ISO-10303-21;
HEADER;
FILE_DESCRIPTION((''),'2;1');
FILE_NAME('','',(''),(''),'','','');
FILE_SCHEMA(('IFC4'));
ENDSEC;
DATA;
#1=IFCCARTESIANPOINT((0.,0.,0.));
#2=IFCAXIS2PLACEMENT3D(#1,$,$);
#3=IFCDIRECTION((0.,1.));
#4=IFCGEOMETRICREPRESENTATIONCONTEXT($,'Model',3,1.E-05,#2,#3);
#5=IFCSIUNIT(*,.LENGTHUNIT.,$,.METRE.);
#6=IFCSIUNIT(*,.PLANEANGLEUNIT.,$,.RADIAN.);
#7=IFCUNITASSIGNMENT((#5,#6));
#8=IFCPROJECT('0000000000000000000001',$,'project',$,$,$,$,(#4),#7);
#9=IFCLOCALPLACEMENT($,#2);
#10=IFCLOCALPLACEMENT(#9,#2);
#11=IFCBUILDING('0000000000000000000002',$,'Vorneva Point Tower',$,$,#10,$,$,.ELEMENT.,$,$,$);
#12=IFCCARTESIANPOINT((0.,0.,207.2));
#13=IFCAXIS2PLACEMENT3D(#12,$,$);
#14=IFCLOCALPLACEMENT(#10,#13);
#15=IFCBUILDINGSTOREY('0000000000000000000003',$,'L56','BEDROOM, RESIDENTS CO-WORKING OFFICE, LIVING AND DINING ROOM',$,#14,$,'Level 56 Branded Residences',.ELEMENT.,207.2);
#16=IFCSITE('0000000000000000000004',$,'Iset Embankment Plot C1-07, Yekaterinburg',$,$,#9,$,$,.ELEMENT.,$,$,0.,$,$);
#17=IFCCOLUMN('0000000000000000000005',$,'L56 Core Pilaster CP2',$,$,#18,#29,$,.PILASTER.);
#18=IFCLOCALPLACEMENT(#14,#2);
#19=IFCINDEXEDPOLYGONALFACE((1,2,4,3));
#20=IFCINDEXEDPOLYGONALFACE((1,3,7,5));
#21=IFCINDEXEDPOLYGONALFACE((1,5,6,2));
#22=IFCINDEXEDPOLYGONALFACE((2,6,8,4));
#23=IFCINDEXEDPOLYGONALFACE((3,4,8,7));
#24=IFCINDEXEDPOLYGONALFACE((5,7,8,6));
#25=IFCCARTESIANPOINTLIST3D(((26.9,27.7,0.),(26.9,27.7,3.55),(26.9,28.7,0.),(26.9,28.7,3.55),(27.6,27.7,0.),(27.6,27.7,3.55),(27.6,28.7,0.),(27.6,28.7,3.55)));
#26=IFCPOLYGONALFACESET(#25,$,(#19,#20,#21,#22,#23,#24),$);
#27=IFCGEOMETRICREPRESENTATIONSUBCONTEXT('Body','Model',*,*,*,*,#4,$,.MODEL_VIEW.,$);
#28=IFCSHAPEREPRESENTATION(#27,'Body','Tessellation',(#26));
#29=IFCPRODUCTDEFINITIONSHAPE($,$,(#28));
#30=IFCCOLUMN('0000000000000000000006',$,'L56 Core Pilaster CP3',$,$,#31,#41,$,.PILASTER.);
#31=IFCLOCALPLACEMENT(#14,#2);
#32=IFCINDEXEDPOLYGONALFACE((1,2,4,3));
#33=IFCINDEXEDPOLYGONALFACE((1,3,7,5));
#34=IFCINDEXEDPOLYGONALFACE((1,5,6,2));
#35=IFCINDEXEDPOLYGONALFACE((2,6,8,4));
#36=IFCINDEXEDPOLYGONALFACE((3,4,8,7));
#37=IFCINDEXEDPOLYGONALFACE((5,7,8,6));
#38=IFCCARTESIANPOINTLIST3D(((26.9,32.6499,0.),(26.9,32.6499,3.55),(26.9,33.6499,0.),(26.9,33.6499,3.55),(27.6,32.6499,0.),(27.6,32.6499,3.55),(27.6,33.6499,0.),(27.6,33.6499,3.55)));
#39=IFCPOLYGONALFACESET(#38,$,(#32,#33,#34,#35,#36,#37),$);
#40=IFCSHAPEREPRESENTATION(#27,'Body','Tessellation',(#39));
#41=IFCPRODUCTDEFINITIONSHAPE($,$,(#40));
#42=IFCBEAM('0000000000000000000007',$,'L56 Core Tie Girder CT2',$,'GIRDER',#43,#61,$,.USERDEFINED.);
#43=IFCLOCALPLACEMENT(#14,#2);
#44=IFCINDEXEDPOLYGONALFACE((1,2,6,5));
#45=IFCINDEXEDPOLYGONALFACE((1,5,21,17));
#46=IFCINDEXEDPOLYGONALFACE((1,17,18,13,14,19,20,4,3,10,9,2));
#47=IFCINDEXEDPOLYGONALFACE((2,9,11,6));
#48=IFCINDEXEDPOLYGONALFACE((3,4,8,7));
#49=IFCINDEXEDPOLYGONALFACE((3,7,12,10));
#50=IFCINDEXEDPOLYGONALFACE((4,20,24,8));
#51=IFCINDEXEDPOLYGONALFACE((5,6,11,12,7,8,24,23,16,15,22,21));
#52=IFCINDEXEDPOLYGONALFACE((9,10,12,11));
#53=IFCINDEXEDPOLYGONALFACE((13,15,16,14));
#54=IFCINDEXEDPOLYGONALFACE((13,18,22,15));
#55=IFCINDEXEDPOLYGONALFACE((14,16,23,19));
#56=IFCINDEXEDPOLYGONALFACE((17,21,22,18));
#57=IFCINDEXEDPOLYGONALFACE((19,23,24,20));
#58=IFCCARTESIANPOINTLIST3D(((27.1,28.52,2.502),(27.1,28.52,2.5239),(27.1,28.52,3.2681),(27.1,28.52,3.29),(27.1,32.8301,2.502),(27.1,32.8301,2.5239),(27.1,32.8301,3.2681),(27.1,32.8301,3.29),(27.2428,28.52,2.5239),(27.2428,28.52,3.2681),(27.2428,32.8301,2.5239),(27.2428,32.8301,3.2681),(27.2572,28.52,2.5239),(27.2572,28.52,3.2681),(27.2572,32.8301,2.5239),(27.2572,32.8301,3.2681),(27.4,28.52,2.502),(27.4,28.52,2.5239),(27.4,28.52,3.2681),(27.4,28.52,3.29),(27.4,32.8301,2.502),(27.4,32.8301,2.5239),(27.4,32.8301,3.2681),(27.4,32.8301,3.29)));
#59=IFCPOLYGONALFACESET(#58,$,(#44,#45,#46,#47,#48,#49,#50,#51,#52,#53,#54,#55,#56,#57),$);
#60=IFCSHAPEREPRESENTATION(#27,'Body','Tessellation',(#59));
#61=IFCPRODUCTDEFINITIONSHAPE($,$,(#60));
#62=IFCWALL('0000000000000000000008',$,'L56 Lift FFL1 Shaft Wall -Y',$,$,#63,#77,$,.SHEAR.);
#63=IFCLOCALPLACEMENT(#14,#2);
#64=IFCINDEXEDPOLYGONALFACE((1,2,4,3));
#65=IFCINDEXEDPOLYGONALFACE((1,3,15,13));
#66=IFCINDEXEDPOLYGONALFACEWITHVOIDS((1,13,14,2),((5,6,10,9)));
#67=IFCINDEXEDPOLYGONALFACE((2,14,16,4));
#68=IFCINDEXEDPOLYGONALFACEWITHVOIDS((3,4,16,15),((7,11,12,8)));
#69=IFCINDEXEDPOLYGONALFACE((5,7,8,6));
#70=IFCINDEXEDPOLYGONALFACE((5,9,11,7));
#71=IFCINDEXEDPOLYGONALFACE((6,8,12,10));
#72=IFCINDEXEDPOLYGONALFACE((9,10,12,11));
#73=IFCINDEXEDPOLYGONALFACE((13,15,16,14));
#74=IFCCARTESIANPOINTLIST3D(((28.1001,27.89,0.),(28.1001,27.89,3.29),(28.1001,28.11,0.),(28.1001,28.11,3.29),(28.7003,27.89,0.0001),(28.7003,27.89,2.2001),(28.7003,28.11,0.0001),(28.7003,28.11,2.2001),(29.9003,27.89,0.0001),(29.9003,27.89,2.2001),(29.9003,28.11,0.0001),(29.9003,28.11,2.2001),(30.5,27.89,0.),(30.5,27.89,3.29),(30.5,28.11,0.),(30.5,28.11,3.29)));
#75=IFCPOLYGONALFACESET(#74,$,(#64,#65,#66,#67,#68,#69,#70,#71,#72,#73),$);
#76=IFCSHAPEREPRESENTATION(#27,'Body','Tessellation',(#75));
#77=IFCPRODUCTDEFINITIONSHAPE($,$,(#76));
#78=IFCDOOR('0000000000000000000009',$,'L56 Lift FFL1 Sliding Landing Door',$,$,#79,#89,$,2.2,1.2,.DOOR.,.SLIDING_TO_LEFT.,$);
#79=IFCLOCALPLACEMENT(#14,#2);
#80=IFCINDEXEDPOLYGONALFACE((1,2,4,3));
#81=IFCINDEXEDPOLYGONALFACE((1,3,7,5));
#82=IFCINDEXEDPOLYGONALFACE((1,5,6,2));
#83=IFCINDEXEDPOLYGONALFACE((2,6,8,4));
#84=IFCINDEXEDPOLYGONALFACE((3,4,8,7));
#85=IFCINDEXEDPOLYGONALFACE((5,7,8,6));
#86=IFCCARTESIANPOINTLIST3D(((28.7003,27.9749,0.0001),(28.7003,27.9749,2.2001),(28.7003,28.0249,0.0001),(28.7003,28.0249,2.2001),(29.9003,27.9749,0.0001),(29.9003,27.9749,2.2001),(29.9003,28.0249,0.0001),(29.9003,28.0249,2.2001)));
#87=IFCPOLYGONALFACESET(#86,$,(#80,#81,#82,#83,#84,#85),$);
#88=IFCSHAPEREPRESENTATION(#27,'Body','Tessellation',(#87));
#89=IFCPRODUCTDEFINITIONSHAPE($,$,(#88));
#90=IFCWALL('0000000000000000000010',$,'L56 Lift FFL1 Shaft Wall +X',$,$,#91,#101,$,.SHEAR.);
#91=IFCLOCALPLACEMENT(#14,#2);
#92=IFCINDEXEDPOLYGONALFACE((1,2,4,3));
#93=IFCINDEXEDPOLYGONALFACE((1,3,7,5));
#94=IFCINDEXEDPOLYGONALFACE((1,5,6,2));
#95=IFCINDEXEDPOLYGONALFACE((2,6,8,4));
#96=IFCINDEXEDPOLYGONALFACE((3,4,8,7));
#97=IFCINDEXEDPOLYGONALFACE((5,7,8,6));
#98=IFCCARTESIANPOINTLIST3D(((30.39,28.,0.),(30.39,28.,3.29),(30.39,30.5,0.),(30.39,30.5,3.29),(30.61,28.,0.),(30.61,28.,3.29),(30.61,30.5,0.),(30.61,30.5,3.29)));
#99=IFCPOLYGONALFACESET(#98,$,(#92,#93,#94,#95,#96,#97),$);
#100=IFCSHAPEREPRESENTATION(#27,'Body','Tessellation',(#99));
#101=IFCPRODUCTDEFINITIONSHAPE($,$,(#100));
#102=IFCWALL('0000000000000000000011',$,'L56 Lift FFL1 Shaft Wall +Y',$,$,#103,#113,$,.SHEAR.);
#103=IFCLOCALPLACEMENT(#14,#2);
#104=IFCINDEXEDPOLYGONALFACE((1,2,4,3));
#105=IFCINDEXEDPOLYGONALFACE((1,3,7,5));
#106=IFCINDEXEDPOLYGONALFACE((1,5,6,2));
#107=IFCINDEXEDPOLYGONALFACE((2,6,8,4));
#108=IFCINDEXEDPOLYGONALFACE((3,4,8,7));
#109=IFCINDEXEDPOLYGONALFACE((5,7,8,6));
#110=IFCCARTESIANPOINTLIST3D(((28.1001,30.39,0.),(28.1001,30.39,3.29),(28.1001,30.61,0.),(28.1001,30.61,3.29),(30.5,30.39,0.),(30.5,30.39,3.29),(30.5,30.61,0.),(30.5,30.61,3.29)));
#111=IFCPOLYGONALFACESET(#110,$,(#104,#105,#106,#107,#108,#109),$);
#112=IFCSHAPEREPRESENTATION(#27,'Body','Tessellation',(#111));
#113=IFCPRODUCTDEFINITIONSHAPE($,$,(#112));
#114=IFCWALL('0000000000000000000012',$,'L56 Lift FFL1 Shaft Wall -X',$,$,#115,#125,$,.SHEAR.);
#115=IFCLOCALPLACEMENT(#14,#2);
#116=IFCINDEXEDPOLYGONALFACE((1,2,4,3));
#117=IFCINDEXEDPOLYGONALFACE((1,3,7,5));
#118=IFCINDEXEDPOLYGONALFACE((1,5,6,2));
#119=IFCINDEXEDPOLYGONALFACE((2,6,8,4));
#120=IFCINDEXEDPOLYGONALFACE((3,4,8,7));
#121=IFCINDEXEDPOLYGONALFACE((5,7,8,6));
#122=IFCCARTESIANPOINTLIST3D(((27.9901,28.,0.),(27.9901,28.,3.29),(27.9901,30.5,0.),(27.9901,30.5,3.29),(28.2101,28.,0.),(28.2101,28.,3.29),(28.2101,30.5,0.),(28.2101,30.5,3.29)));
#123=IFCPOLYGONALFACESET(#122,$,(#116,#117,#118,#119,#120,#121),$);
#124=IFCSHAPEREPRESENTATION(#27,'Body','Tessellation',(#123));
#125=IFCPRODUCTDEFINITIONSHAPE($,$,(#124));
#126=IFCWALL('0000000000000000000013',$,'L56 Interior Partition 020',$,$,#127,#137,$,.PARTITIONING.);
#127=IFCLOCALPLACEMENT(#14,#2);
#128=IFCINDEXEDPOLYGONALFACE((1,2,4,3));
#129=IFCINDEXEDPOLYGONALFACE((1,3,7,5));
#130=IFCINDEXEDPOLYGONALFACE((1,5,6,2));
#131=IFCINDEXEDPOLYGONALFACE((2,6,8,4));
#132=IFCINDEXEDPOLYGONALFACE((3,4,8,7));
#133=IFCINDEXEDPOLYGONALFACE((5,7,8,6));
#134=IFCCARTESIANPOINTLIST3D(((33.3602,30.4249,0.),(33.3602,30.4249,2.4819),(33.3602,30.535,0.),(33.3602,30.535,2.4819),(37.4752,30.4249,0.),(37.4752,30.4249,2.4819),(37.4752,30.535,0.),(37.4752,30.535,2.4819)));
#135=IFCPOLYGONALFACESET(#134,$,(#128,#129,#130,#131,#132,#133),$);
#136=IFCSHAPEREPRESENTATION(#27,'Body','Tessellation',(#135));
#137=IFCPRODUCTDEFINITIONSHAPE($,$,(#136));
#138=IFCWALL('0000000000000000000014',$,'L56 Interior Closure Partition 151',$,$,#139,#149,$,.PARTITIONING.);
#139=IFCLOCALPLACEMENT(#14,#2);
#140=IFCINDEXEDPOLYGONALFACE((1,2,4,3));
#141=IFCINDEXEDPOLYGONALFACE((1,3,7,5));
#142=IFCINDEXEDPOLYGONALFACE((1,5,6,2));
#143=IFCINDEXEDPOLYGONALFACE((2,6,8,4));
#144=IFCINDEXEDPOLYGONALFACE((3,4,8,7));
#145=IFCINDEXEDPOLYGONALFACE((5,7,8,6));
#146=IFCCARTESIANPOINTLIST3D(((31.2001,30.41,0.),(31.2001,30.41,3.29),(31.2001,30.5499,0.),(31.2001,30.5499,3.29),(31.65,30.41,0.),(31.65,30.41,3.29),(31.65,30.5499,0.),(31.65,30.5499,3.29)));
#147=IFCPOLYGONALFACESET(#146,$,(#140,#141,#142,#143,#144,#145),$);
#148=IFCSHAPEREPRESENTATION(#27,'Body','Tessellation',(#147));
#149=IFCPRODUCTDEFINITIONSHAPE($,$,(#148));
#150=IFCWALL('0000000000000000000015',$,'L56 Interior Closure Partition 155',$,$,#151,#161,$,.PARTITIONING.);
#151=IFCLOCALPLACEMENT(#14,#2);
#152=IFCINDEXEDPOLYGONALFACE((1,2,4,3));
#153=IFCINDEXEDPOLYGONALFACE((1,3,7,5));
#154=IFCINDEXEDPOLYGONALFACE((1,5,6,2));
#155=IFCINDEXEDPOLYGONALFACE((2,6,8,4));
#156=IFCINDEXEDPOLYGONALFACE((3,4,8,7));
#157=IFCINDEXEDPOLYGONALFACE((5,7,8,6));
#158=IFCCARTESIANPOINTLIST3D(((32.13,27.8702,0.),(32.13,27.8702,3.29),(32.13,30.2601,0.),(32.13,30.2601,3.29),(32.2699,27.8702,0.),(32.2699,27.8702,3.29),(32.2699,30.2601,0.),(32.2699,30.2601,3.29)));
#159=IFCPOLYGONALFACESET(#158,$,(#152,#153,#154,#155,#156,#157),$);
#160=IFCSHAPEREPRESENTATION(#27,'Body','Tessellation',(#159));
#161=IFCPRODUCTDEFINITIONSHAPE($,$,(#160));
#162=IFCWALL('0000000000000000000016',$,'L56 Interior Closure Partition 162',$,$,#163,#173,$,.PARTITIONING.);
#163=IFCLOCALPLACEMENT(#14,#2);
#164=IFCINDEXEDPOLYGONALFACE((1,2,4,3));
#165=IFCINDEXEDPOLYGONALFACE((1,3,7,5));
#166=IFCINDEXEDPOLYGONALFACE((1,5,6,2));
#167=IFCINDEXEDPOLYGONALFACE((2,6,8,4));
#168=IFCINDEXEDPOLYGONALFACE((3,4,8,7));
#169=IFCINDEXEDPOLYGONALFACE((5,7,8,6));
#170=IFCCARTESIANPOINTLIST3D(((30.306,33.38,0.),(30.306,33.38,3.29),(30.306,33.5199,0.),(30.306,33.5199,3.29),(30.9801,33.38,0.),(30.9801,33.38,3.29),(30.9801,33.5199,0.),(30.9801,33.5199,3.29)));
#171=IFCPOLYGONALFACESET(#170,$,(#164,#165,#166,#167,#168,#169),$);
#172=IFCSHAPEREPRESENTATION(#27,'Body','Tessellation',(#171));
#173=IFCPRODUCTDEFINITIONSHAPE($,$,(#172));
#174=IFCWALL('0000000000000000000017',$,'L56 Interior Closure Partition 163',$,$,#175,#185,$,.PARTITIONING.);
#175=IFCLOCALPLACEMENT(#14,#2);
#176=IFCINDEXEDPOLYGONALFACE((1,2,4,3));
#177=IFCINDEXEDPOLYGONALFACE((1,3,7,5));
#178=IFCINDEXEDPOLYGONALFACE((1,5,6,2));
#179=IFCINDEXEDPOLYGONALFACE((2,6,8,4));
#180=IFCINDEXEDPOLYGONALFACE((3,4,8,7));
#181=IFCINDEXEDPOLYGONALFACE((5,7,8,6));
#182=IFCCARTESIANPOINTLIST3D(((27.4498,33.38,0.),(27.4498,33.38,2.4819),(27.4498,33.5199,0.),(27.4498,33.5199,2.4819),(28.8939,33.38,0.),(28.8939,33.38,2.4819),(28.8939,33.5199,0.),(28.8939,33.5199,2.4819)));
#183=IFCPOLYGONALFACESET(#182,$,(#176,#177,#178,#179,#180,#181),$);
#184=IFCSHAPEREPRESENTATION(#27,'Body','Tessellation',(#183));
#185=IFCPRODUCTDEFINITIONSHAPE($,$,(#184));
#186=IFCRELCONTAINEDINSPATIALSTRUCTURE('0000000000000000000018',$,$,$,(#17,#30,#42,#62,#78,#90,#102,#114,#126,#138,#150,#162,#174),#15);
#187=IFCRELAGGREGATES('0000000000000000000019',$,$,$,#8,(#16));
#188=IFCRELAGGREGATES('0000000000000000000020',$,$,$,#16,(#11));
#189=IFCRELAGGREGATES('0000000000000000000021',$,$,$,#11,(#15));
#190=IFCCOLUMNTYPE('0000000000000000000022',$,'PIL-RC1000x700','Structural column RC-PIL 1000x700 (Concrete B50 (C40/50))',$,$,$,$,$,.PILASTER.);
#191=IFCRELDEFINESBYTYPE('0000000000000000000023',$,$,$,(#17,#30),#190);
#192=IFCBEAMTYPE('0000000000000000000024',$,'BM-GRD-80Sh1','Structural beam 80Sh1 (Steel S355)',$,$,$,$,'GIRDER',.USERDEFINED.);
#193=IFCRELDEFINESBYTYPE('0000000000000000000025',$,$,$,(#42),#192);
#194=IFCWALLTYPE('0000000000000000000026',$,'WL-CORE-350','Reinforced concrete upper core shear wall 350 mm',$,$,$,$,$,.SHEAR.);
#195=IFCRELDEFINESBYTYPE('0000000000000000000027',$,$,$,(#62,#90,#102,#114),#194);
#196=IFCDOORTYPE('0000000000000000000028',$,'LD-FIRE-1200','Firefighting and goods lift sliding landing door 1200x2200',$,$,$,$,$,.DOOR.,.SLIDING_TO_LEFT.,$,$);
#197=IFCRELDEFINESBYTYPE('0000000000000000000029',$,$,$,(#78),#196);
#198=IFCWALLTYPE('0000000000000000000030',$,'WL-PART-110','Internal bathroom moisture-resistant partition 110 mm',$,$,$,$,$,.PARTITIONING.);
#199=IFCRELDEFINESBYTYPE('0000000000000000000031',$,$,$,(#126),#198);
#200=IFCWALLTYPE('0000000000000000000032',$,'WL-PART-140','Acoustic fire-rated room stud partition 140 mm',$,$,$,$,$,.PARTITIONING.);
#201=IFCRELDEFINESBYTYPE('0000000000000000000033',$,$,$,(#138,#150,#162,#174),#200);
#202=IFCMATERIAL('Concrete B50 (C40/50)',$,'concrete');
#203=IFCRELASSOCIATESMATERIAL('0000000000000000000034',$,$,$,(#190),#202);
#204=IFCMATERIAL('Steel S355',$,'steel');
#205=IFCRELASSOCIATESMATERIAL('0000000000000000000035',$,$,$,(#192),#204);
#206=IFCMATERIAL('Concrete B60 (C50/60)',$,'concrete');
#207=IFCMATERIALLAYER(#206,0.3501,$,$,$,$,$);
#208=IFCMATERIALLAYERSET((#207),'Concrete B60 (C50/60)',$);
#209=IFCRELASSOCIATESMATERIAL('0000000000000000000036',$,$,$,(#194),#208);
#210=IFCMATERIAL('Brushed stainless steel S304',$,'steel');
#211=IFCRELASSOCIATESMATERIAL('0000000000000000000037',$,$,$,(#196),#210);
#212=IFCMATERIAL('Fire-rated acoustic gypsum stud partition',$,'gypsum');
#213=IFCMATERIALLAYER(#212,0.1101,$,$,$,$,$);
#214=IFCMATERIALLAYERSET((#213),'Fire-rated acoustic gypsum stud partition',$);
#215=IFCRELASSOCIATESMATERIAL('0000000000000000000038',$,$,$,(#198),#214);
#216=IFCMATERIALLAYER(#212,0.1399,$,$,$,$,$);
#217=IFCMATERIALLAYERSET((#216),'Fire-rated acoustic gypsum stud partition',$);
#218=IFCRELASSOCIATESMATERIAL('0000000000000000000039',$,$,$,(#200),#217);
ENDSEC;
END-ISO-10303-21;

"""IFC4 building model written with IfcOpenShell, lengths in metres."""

from ifc_helpers import new_model, si_unit, direction, frame, frame_2d, origin, origin_2d, place, context, subcontext, project, spatial, rectangle, i_section, extrude, material, layer, layer_set, material_profile, profile_set, type_object, element, fill, save


model = new_model("IFC4")

# Units and contexts
model_context = context("Model", 3, precision=1e-05, world=origin(), true_north=direction((0.0, 1.0)))
body_context = subcontext(model_context, "Body", "Model", "MODEL_VIEW")
ifc_project = project(units=[si_unit("LENGTHUNIT", "METRE"), si_unit("PLANEANGLEUNIT", "RADIAN")], contexts=[model_context])

# Site, building, storey
site_placement = place(None, origin())
site = spatial("IfcSite", under=ifc_project, at=site_placement, Name="Iset Embankment Plot C1-07, Yekaterinburg", CompositionType="ELEMENT", RefElevation=0.0)
building_placement = place(site_placement, origin())
building = spatial("IfcBuilding", under=site, at=building_placement, Name="Vorneva Point Tower", CompositionType="ELEMENT")
storey_placement = place(building_placement, frame((0.0, 0.0, 207.2)))
storey = spatial("IfcBuildingStorey", under=building, at=storey_placement, Name="L56", Description="BEDROOM, RESIDENTS CO-WORKING OFFICE, LIVING AND DINING ROOM", LongName="Level 56 Branded Residences", CompositionType="ELEMENT", Elevation=207.2)

# Columns
ifc_material_1 = material(Name="Concrete B50 (C40/50)", Category="concrete")
ifc_material_profile_1 = material_profile(ifc_material_1, rectangle(XDim=0.7, YDim=1.0, at=origin_2d()), Name="RC-PIL 1000x700")
ifc_profile_set_1 = profile_set([ifc_material_profile_1], Name="Concrete B50 (C40/50)")
column_type = type_object("IfcColumnType", Name="PIL-RC1000x700", Description="Structural column RC-PIL 1000x700 (Concrete B50 (C40/50))", PredefinedType="PILASTER", material=ifc_profile_set_1)
for number, where, z_axis, x_axis, name in (
    (1, (27.25, 28.2, 0.0), (0.0, 0.0, 1.0), (1.0, 0.0, 0.0), "L56 Core Pilaster CP2"),
    (2, (27.25, 33.1499, 0.0), (0.0, 0.0, 1.0), (1.0, 0.0, 0.0), "L56 Core Pilaster CP3"),
):
    element("IfcColumn", number, at=place(storey_placement, frame(where, z_axis=z_axis, x_axis=x_axis)), inside=storey, type_object=column_type, Name=name, PredefinedType="PILASTER", context=body_context, shape_type="SweptSolid", body=[
        extrude(rectangle(XDim=0.7, YDim=1.0, at=origin_2d()), origin(), (0.0, 0.0, 1.0), 3.55),
    ])

# Beam
ifc_material_2 = material(Name="Steel S355", Category="steel")
ifc_material_profile_2 = material_profile(ifc_material_2, i_section(OverallWidth=0.3, OverallDepth=0.7881, WebThickness=0.0144, FlangeThickness=0.022, at=origin_2d()), Name="80Sh1")
ifc_profile_set_2 = profile_set([ifc_material_profile_2], Name="Steel S355")
beam_type = type_object("IfcBeamType", Name="BM-GRD-80Sh1", Description="Structural beam 80Sh1 (Steel S355)", ElementType="GIRDER", PredefinedType="USERDEFINED", material=ifc_profile_set_2)
beam_placement = place(storey_placement, frame((27.25, 28.52, 2.896), z_axis=(0.0, 1.0, 0.0), x_axis=(-1.0, 0.0, 0.0)))
element("IfcBeam", 3, at=beam_placement, inside=storey, type_object=beam_type, Name="L56 Core Tie Girder CT2", ObjectType="GIRDER", PredefinedType="USERDEFINED", context=body_context, shape_type="SweptSolid", body=[
    extrude(i_section(OverallWidth=0.3, OverallDepth=0.7881, WebThickness=0.0144, FlangeThickness=0.022, at=origin_2d()), origin(), (0.0, 0.0, 1.0), 4.3101),
])

# Wall, opening, door
ifc_material_3 = material(Name="Concrete B60 (C50/60)", Category="concrete")
ifc_layer_1 = layer(ifc_material_3, 0.3501)
ifc_layer_set_1 = layer_set([ifc_layer_1], Name="Concrete B60 (C50/60)")
wall_type_1 = type_object("IfcWallType", Name="WL-CORE-350", Description="Reinforced concrete upper core shear wall 350 mm", PredefinedType="SHEAR", material=ifc_layer_set_1)
wall_1_placement = place(storey_placement, frame((28.1001, 28.0, 0.0), z_axis=(0.0, 0.0, 1.0), x_axis=(1.0, 0.0, 0.0)))
wall_1 = element("IfcWall", 4, at=wall_1_placement, inside=storey, type_object=wall_type_1, Name="L56 Lift FFL1 Shaft Wall -Y", PredefinedType="SHEAR", context=body_context, shape_type="SweptSolid", body=[
    extrude(rectangle(XDim=2.3999, YDim=0.22, at=frame_2d((1.2, 0.0))), origin(), (0.0, 0.0, 1.0), 3.29),
])
opening_1_placement = place(wall_1_placement, frame((0.6001, 0.0, 0.0)))
opening_1 = element("IfcOpeningElement", 5, at=opening_1_placement, cuts=wall_1, PredefinedType="OPENING", context=body_context, shape_type="SweptSolid", body=[
    extrude(rectangle(XDim=1.2, YDim=2.2, at=frame_2d((0.6001, 1.1001))), frame((0.0, 0.125, 0.0), z_axis=(0.0, -1.0, 0.0), x_axis=(1.0, 0.0, 0.0)), (0.0, 0.0, 1.0), 0.2498),
])
ifc_material_4 = material(Name="Brushed stainless steel S304", Category="steel")
door_type_1 = type_object("IfcDoorType", Name="LD-FIRE-1200", Description="Firefighting and goods lift sliding landing door 1200x2200", OperationType="SLIDING_TO_LEFT", PredefinedType="DOOR", material=ifc_material_4)
door_1_placement = place(opening_1_placement, origin())
door_1 = element("IfcDoor", 6, at=door_1_placement, inside=storey, type_object=door_type_1, Name="L56 Lift FFL1 Sliding Landing Door", OperationType="SLIDING_TO_LEFT", OverallHeight=2.2, OverallWidth=1.2, PredefinedType="DOOR", context=body_context, shape_type="SweptSolid", body=[
    extrude(rectangle(XDim=1.2, YDim=2.2, at=frame_2d((0.6001, 1.1001))), frame((0.0, 0.0249, 0.0), z_axis=(0.0, -1.0, 0.0), x_axis=(1.0, 0.0, 0.0)), (0.0, 0.0, 1.0), 0.05),
])
fill(opening_1, door_1)

# Walls
wall_2_placement = place(storey_placement, frame((30.5, 28.0, 0.0), z_axis=(0.0, 0.0, 1.0), x_axis=(0.0, 1.0, 0.0)))
element("IfcWall", 7, at=wall_2_placement, inside=storey, type_object=wall_type_1, Name="L56 Lift FFL1 Shaft Wall +X", PredefinedType="SHEAR", context=body_context, shape_type="SweptSolid", body=[
    extrude(rectangle(XDim=2.5, YDim=0.22, at=frame_2d((1.25, 0.0))), origin(), (0.0, 0.0, 1.0), 3.29),
])
wall_3_placement = place(storey_placement, frame((30.5, 30.5, 0.0), z_axis=(0.0, 0.0, 1.0), x_axis=(-1.0, 0.0, 0.0)))
element("IfcWall", 8, at=wall_3_placement, inside=storey, type_object=wall_type_1, Name="L56 Lift FFL1 Shaft Wall +Y", PredefinedType="SHEAR", context=body_context, shape_type="SweptSolid", body=[
    extrude(rectangle(XDim=2.3999, YDim=0.22, at=frame_2d((1.2, 0.0))), origin(), (0.0, 0.0, 1.0), 3.29),
])
wall_4_placement = place(storey_placement, frame((28.1001, 30.5, 0.0), z_axis=(0.0, 0.0, 1.0), x_axis=(0.0, -1.0, 0.0)))
element("IfcWall", 9, at=wall_4_placement, inside=storey, type_object=wall_type_1, Name="L56 Lift FFL1 Shaft Wall -X", PredefinedType="SHEAR", context=body_context, shape_type="SweptSolid", body=[
    extrude(rectangle(XDim=2.5, YDim=0.22, at=frame_2d((1.25, 0.0))), origin(), (0.0, 0.0, 1.0), 3.29),
])
ifc_material_5 = material(Name="Fire-rated acoustic gypsum stud partition", Category="gypsum")
ifc_layer_2 = layer(ifc_material_5, 0.1101)
ifc_layer_set_2 = layer_set([ifc_layer_2], Name="Fire-rated acoustic gypsum stud partition")
wall_type_2 = type_object("IfcWallType", Name="WL-PART-110", Description="Internal bathroom moisture-resistant partition 110 mm", PredefinedType="PARTITIONING", material=ifc_layer_set_2)
wall_5_placement = place(storey_placement, frame((33.3601, 30.48, 0.0), z_axis=(0.0, 0.0, 1.0), x_axis=(1.0, 0.0, 0.0)))
element("IfcWall", 10, at=wall_5_placement, inside=storey, type_object=wall_type_2, Name="L56 Interior Partition 020", PredefinedType="PARTITIONING", context=body_context, shape_type="SweptSolid", body=[
    extrude(rectangle(XDim=4.115, YDim=0.1101, at=frame_2d((2.0576, 0.0))), origin(), (0.0, 0.0, 1.0), 2.4819),
])
ifc_layer_3 = layer(ifc_material_5, 0.1399)
ifc_layer_set_3 = layer_set([ifc_layer_3], Name="Fire-rated acoustic gypsum stud partition")
wall_type_3 = type_object("IfcWallType", Name="WL-PART-140", Description="Acoustic fire-rated room stud partition 140 mm", PredefinedType="PARTITIONING", material=ifc_layer_set_3)
wall_6_placement = place(storey_placement, frame((31.2, 30.48, 0.0), z_axis=(0.0, 0.0, 1.0), x_axis=(1.0, 0.0, 0.0)))
element("IfcWall", 11, at=wall_6_placement, inside=storey, type_object=wall_type_3, Name="L56 Interior Closure Partition 151", PredefinedType="PARTITIONING", context=body_context, shape_type="SweptSolid", body=[
    extrude(rectangle(XDim=0.45, YDim=0.1399, at=frame_2d((0.2251, 0.0))), origin(), (0.0, 0.0, 1.0), 3.29),
])
wall_7_placement = place(storey_placement, frame((32.2, 30.26, 0.0), z_axis=(0.0, 0.0, 1.0), x_axis=(0.0, -1.0, 0.0)))
element("IfcWall", 12, at=wall_7_placement, inside=storey, type_object=wall_type_3, Name="L56 Interior Closure Partition 155", PredefinedType="PARTITIONING", context=body_context, shape_type="SweptSolid", body=[
    extrude(rectangle(XDim=2.3899, YDim=0.1399, at=frame_2d((1.1948, 0.0))), origin(), (0.0, 0.0, 1.0), 3.29),
])
wall_8_placement = place(storey_placement, frame((30.98, 33.45, 0.0), z_axis=(0.0, 0.0, 1.0), x_axis=(-1.0, 0.0, 0.0)))
element("IfcWall", 13, at=wall_8_placement, inside=storey, type_object=wall_type_3, Name="L56 Interior Closure Partition 162", PredefinedType="PARTITIONING", context=body_context, shape_type="SweptSolid", body=[
    extrude(rectangle(XDim=0.6741, YDim=0.1399, at=frame_2d((0.3369, 0.0))), origin(), (0.0, 0.0, 1.0), 3.29),
])
wall_9_placement = place(storey_placement, frame((28.894, 33.45, 0.0), z_axis=(0.0, 0.0, 1.0), x_axis=(-1.0, 0.0, 0.0)))
element("IfcWall", 14, at=wall_9_placement, inside=storey, type_object=wall_type_3, Name="L56 Interior Closure Partition 163", PredefinedType="PARTITIONING", context=body_context, shape_type="SweptSolid", body=[
    extrude(rectangle(XDim=1.4441, YDim=0.1399, at=frame_2d((0.7222, 0.0))), origin(), (0.0, 0.0, 1.0), 2.4819),
])

save(model, "model.ifc")
